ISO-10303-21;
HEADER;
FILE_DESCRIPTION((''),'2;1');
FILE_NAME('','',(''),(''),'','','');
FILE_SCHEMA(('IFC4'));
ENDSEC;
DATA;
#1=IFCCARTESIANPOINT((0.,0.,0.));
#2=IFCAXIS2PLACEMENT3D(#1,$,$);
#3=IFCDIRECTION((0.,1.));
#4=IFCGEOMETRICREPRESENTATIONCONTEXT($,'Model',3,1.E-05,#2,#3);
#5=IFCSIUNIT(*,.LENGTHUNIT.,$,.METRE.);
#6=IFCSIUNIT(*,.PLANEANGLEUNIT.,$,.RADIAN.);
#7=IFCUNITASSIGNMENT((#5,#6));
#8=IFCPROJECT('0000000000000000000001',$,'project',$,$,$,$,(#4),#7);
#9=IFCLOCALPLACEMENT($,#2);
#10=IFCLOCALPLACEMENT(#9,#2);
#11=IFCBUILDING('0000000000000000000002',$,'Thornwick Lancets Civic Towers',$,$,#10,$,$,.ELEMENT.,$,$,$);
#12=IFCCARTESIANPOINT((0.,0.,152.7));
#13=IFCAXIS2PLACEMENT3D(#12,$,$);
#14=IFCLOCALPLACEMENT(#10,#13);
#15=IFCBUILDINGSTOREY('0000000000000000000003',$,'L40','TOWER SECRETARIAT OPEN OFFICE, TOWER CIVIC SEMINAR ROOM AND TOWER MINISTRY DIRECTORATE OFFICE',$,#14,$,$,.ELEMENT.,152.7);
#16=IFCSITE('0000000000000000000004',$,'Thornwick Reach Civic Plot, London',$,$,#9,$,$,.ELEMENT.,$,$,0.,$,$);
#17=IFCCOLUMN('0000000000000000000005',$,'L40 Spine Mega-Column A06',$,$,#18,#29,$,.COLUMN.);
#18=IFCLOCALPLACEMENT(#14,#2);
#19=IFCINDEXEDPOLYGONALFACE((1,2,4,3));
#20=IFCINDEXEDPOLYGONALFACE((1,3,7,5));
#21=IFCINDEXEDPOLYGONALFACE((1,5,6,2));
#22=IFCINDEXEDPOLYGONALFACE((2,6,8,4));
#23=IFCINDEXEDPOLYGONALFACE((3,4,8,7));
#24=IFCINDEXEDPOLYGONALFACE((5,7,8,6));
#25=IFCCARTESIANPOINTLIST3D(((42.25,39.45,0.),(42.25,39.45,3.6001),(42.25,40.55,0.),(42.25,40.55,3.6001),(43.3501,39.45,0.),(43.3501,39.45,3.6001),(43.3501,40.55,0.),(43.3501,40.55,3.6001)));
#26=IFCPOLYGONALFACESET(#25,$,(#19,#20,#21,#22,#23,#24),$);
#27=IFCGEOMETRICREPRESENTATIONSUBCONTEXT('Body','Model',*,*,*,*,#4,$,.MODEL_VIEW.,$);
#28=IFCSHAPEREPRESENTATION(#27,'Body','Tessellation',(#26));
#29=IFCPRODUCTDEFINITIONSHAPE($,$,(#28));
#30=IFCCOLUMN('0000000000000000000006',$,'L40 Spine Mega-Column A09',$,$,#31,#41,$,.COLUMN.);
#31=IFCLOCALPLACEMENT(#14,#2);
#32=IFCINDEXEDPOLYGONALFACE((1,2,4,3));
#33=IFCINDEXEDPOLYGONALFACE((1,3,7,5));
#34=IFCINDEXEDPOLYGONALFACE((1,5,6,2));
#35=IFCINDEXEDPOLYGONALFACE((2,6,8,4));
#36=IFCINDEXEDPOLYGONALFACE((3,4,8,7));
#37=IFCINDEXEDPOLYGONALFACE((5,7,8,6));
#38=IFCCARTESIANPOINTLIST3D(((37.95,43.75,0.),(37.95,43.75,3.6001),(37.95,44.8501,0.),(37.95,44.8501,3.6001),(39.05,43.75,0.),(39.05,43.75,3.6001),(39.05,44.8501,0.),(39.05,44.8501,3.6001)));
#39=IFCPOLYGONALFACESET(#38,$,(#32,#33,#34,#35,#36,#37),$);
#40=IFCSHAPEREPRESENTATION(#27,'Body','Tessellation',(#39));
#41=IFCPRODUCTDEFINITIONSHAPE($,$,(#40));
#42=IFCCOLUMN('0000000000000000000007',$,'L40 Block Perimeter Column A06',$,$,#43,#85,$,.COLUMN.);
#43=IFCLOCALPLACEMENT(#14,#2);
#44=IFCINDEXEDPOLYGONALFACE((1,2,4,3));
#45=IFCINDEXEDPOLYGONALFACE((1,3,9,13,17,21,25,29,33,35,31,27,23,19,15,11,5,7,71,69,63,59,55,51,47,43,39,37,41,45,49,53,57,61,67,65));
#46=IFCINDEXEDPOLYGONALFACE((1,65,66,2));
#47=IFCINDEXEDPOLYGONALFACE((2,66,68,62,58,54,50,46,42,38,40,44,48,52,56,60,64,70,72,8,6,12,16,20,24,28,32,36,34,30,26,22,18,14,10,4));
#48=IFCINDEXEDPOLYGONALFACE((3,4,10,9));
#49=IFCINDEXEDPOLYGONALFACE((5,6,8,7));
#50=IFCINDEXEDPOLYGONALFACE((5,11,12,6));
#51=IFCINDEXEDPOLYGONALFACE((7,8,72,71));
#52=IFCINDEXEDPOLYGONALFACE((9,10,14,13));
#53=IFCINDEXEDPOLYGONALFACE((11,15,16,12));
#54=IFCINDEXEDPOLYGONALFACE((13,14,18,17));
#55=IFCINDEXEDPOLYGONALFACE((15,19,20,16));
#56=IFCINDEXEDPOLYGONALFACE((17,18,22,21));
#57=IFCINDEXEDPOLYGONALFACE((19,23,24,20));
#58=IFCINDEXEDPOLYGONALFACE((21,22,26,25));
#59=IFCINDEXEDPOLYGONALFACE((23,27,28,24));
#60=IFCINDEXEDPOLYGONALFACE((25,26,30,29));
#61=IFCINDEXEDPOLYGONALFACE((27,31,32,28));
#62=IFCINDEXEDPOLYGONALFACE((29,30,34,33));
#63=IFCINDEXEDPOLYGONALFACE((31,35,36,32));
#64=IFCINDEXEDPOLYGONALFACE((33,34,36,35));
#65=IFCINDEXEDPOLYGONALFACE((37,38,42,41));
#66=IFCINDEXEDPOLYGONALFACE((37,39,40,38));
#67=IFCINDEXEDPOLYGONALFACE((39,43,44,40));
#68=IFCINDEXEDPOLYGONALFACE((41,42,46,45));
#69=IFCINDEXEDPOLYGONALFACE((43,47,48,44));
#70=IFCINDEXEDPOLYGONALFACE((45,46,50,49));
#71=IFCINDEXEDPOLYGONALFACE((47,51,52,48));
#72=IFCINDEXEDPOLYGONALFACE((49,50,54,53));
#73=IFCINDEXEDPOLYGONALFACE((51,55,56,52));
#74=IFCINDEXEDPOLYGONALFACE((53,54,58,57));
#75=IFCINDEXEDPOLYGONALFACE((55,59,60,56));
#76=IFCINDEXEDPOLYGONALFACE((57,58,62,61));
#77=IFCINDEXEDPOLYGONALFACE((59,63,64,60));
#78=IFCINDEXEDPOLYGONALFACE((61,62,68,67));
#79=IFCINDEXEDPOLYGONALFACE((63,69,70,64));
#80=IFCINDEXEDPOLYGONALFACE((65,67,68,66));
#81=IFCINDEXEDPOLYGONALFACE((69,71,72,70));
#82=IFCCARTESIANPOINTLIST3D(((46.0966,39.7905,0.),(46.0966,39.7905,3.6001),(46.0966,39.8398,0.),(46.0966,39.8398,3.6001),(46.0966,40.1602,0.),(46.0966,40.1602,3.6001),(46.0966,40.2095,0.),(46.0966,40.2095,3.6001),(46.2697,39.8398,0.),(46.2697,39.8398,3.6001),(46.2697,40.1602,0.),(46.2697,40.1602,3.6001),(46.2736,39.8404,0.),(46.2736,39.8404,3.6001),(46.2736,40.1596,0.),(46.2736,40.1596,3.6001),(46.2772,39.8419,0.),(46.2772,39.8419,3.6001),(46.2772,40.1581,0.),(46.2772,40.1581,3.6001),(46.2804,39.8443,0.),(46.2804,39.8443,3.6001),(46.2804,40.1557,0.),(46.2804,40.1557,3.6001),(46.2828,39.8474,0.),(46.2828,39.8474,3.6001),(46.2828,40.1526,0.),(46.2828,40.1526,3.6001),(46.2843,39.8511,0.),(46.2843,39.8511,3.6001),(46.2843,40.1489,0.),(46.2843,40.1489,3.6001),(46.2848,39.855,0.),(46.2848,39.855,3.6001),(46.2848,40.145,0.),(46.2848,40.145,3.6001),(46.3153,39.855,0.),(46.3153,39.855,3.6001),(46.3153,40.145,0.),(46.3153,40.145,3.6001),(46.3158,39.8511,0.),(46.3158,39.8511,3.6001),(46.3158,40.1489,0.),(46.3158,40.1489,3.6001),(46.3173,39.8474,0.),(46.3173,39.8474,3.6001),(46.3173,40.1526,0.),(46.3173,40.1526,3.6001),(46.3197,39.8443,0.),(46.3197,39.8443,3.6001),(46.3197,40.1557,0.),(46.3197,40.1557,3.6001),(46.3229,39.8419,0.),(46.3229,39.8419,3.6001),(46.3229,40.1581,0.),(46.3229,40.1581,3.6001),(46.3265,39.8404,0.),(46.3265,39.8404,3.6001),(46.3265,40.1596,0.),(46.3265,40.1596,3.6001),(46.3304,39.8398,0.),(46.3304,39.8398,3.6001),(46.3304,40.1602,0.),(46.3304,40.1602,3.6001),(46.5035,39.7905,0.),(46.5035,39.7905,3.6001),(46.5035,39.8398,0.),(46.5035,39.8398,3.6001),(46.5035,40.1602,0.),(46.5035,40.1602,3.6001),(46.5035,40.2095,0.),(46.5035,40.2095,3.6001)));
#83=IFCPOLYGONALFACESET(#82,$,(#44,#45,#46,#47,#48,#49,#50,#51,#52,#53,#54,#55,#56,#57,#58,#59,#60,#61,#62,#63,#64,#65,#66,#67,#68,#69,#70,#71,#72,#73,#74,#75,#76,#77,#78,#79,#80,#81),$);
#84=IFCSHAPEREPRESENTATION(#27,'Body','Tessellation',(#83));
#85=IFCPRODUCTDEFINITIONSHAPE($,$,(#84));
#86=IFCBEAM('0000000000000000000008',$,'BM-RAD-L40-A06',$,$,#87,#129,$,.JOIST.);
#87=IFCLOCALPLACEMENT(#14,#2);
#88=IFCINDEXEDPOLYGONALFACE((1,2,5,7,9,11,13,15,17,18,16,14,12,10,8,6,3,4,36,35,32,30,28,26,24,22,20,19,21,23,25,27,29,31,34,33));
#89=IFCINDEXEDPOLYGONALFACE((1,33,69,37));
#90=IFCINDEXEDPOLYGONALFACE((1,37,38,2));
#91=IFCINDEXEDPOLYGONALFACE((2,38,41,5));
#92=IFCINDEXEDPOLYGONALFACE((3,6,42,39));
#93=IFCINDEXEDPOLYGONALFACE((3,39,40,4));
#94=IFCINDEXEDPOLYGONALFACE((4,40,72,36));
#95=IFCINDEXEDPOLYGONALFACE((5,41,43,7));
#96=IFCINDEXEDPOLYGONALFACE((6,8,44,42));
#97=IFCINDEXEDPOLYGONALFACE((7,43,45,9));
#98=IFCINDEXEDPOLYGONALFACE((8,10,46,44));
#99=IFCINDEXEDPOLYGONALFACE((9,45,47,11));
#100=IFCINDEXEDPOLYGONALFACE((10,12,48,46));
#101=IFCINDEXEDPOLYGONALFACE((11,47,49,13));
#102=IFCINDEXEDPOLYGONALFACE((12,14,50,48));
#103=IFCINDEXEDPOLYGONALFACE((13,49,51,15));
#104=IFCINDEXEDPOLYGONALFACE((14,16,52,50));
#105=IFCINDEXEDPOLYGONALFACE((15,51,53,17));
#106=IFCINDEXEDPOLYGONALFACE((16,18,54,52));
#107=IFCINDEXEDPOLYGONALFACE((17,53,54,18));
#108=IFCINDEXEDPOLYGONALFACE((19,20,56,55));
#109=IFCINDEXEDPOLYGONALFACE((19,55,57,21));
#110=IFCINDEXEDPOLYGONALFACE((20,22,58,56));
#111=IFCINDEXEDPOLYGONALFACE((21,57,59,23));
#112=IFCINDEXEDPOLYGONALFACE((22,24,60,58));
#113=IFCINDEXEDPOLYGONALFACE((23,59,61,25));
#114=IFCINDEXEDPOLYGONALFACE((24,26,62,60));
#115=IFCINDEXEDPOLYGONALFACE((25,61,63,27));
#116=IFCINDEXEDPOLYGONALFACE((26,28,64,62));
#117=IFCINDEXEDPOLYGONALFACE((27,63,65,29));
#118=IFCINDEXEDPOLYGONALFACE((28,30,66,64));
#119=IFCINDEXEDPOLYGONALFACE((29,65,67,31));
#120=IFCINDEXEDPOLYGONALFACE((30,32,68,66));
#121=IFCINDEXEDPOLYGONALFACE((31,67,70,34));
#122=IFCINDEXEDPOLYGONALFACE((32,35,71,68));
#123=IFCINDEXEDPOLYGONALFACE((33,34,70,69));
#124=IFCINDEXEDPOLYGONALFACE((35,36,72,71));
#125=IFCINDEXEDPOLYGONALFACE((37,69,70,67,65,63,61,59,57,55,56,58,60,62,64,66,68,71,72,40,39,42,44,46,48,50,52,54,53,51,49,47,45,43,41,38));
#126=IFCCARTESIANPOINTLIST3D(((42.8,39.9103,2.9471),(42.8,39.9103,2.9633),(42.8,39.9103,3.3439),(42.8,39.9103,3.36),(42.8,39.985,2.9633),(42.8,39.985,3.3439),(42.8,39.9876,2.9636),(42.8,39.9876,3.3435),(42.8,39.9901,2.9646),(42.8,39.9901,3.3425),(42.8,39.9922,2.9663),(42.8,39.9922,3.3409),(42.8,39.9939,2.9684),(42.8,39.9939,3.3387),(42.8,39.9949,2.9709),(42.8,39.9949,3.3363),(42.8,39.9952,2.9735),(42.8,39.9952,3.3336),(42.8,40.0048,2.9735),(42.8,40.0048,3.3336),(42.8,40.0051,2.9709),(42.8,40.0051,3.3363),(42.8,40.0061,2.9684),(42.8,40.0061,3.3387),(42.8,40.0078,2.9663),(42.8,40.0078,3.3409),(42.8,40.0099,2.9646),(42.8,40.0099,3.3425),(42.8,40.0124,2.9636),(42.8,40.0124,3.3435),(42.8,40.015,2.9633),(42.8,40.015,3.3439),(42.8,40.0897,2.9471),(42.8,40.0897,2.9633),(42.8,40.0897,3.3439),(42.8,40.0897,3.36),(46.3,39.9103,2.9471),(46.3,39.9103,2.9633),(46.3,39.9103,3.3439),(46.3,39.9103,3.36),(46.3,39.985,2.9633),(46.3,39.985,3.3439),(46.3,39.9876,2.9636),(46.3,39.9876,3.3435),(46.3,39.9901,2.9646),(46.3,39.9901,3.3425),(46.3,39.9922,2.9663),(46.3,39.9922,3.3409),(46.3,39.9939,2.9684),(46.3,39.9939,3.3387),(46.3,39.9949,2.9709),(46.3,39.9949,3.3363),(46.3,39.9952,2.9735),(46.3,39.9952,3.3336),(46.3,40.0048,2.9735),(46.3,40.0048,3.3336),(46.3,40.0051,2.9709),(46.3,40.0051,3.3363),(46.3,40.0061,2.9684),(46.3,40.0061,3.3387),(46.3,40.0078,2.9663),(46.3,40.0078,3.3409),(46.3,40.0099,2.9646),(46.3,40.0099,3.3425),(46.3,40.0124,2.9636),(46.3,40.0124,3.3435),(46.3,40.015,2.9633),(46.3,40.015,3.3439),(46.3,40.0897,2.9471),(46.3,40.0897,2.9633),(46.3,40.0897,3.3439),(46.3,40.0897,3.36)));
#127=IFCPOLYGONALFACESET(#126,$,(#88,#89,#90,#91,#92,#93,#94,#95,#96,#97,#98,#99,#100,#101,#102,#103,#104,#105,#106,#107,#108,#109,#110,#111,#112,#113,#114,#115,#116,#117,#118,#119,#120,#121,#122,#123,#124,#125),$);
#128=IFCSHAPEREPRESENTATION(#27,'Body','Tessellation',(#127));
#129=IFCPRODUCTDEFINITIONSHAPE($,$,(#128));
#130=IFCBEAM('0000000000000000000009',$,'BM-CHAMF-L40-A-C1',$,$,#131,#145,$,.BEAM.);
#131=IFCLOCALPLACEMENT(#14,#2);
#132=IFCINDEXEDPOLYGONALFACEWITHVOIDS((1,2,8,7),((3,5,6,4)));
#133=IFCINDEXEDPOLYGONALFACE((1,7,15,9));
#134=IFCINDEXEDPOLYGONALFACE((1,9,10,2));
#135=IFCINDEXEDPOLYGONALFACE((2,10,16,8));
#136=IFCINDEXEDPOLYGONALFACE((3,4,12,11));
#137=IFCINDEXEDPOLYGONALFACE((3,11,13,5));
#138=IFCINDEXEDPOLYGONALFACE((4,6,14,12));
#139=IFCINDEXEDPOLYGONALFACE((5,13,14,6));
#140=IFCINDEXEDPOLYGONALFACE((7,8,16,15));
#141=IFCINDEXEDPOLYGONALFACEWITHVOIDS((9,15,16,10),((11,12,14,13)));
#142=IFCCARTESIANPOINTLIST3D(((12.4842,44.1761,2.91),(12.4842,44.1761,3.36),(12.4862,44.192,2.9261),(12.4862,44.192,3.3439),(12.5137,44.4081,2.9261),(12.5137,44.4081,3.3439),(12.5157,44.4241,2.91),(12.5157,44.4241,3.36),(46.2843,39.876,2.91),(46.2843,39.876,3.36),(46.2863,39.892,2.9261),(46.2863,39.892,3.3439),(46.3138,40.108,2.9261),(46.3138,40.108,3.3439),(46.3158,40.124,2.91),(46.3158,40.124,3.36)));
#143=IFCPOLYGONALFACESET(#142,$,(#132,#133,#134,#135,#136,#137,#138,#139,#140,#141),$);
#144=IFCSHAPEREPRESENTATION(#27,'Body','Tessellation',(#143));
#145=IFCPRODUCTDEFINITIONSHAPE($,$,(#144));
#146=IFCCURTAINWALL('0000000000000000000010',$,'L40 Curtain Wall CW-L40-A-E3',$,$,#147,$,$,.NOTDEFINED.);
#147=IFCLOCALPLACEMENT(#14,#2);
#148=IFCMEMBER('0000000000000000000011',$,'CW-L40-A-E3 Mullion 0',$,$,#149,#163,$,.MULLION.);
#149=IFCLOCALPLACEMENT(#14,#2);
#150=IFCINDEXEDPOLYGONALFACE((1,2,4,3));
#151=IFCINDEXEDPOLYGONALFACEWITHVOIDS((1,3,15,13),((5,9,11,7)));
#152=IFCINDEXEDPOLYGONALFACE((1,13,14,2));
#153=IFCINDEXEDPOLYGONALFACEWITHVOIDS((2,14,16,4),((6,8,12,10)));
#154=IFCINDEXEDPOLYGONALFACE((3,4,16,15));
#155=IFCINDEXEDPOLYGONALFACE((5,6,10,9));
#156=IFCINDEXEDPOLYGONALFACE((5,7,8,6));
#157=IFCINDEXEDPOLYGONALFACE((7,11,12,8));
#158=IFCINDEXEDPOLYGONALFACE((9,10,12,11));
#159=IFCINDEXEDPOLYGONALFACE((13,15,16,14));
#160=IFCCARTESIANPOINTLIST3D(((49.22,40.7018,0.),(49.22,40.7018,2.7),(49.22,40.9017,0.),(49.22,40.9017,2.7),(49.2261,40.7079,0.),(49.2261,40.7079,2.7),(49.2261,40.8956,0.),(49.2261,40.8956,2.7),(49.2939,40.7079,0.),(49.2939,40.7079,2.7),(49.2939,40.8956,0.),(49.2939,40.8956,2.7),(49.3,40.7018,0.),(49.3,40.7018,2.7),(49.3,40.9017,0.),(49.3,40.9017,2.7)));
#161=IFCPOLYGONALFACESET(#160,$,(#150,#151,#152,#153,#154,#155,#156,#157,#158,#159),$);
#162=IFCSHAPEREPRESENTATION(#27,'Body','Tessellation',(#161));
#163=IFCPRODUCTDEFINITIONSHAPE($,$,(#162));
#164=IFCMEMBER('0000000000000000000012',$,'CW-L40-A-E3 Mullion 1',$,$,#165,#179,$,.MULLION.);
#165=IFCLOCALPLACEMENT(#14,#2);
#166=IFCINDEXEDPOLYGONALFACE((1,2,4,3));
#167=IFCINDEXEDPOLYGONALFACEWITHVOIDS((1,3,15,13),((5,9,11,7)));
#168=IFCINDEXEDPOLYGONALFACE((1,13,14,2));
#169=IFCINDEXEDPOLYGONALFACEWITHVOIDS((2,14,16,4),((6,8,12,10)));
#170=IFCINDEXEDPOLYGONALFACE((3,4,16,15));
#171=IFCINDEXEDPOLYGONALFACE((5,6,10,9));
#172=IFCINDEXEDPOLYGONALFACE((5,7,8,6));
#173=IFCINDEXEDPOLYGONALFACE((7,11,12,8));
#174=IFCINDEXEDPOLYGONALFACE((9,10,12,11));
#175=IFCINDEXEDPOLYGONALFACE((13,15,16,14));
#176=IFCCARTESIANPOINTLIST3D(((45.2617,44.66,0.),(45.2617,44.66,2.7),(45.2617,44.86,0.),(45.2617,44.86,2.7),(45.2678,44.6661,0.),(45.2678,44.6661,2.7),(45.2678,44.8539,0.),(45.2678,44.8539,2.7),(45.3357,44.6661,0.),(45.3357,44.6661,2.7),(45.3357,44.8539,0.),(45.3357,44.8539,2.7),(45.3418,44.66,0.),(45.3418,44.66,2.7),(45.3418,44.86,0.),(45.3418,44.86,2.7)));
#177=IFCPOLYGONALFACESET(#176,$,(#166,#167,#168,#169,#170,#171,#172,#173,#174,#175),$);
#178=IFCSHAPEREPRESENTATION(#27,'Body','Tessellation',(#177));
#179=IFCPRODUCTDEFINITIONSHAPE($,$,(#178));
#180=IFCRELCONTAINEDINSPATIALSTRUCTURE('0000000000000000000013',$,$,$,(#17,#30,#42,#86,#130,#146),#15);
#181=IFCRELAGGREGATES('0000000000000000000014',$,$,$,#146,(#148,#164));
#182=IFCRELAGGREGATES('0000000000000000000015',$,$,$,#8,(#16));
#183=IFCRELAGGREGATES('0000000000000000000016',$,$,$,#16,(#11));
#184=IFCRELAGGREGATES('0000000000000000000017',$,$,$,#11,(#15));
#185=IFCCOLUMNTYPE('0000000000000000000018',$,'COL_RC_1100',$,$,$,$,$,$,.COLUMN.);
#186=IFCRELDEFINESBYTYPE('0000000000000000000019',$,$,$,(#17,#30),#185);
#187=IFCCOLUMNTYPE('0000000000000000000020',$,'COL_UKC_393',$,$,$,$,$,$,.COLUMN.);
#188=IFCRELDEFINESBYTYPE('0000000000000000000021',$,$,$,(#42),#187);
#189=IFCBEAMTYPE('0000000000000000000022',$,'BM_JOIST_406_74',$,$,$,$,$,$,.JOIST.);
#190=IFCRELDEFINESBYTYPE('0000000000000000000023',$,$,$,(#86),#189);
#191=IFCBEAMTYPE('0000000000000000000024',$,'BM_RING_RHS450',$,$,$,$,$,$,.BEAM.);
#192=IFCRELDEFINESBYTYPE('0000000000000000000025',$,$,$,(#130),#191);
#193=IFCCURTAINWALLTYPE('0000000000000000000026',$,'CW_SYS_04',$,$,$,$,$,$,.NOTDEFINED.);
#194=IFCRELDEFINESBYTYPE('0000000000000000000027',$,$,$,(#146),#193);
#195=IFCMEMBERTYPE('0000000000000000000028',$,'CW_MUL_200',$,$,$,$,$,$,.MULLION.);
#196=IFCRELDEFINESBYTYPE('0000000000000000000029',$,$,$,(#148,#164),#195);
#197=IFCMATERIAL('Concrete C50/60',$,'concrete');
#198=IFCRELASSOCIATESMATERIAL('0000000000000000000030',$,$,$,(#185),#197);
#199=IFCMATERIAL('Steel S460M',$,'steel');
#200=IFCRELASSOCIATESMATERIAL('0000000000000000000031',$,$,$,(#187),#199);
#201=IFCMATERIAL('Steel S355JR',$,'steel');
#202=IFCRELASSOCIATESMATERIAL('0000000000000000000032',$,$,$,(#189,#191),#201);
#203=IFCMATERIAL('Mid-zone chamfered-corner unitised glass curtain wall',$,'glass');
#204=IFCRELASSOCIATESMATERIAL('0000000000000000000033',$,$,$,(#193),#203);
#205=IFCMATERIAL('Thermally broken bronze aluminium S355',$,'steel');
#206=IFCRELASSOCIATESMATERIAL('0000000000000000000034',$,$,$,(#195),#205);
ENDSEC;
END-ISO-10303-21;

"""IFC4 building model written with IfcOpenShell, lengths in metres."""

from ifc_helpers import new_model, si_unit, direction, frame, origin, origin_2d, place, context, subcontext, project, spatial, rectangle, hollow_rectangle, i_section, extrude, material, material_profile, profile_set, type_object, element, aggregate, save


model = new_model("IFC4")

# Units and contexts
model_context = context("Model", 3, precision=1e-05, world=origin(), true_north=direction((0.0, 1.0)))
body_context = subcontext(model_context, "Body", "Model", "MODEL_VIEW")
ifc_project = project(units=[si_unit("LENGTHUNIT", "METRE"), si_unit("PLANEANGLEUNIT", "RADIAN")], contexts=[model_context])

# Site, building, storey
site_placement = place(None, origin())
site = spatial("IfcSite", under=ifc_project, at=site_placement, Name="Thornwick Reach Civic Plot, London", CompositionType="ELEMENT", RefElevation=0.0)
building_placement = place(site_placement, origin())
building = spatial("IfcBuilding", under=site, at=building_placement, Name="Thornwick Lancets Civic Towers", CompositionType="ELEMENT")
storey_placement = place(building_placement, frame((0.0, 0.0, 152.7)))
storey = spatial("IfcBuildingStorey", under=building, at=storey_placement, Name="L40", Description="TOWER SECRETARIAT OPEN OFFICE, TOWER CIVIC SEMINAR ROOM AND TOWER MINISTRY DIRECTORATE OFFICE", CompositionType="ELEMENT", Elevation=152.7)

# Columns
ifc_material_1 = material(Name="Concrete C50/60", Category="concrete")
ifc_material_profile_1 = material_profile(ifc_material_1, rectangle(XDim=1.1001, YDim=1.1001, at=origin_2d()), Name="RC 1100x1100")
ifc_profile_set_1 = profile_set([ifc_material_profile_1], Name="Concrete C50/60")
column_type_1 = type_object("IfcColumnType", Name="COL_RC_1100", PredefinedType="COLUMN", material=ifc_profile_set_1)
for number, where, z_axis, x_axis, name in (
    (1, (42.8, 40.0, 0.0), (0.0, 0.0, 1.0), (1.0, 0.0, 0.0), "L40 Spine Mega-Column A06"),
    (2, (38.5, 44.3, 0.0), (0.0, 0.0, 1.0), (1.0, 0.0, 0.0), "L40 Spine Mega-Column A09"),
):
    element("IfcColumn", number, at=place(storey_placement, frame(where, z_axis=z_axis, x_axis=x_axis)), inside=storey, type_object=column_type_1, Name=name, PredefinedType="COLUMN", context=body_context, shape_type="SweptSolid", body=[
        extrude(rectangle(XDim=1.1001, YDim=1.1001, at=origin_2d()), origin(), (0.0, 0.0, 1.0), 3.6001),
    ])
ifc_material_2 = material(Name="Steel S460M", Category="steel")
ifc_material_profile_2 = material_profile(ifc_material_2, i_section(OverallWidth=0.407, OverallDepth=0.4189, WebThickness=0.0305, FlangeThickness=0.0493, FilletRadius=0.0151, at=origin_2d()), Name="UKC 356x406x393")
ifc_profile_set_2 = profile_set([ifc_material_profile_2], Name="Steel S460M")
column_type_2 = type_object("IfcColumnType", Name="COL_UKC_393", PredefinedType="COLUMN", material=ifc_profile_set_2)
column_placement = place(storey_placement, frame((46.3, 40.0, 0.0), z_axis=(0.0, 0.0, 1.0), x_axis=(1.0, 0.0, 0.0)))
element("IfcColumn", 3, at=column_placement, inside=storey, type_object=column_type_2, Name="L40 Block Perimeter Column A06", PredefinedType="COLUMN", context=body_context, shape_type="SweptSolid", body=[
    extrude(i_section(OverallWidth=0.407, OverallDepth=0.4189, WebThickness=0.0305, FlangeThickness=0.0493, FilletRadius=0.0151, at=origin_2d()), origin(), (0.0, 0.0, 1.0), 3.6001),
])

# Beams
ifc_material_3 = material(Name="Steel S355JR", Category="steel")
ifc_material_profile_3 = material_profile(ifc_material_3, i_section(OverallWidth=0.1794, OverallDepth=0.4128, WebThickness=0.0095, FlangeThickness=0.0161, FilletRadius=0.0103, at=origin_2d()), Name="UKB 406x178x74")
ifc_profile_set_3 = profile_set([ifc_material_profile_3], Name="Steel S355JR")
beam_type_1 = type_object("IfcBeamType", Name="BM_JOIST_406_74", PredefinedType="JOIST", material=ifc_profile_set_3)
beam_1_placement = place(storey_placement, frame((42.8, 40.0, 3.1536), z_axis=(1.0, 0.0, 0.0), x_axis=(0.0, 1.0, 0.0)))
element("IfcBeam", 4, at=beam_1_placement, inside=storey, type_object=beam_type_1, Name="BM-RAD-L40-A06", PredefinedType="JOIST", context=body_context, shape_type="SweptSolid", body=[
    extrude(i_section(OverallWidth=0.1794, OverallDepth=0.4128, WebThickness=0.0095, FlangeThickness=0.0161, FilletRadius=0.0103, at=origin_2d()), origin(), (0.0, 0.0, 1.0), 3.5),
])
ifc_material_profile_4 = material_profile(ifc_material_3, hollow_rectangle(XDim=0.25, YDim=0.45, WallThickness=0.0161, at=origin_2d()), Name="RHS 450x250x16")
ifc_profile_set_4 = profile_set([ifc_material_profile_4], Name="Steel S355JR")
beam_type_2 = type_object("IfcBeamType", Name="BM_RING_RHS450", PredefinedType="BEAM", material=ifc_profile_set_4)
beam_2_placement = place(storey_placement, frame((46.3, 40.0, 3.135), z_axis=(-0.992004, 0.126203, 0.0), x_axis=(-0.126203, -0.992004, 0.0)))
element("IfcBeam", 5, at=beam_2_placement, inside=storey, type_object=beam_type_2, Name="BM-CHAMF-L40-A-C1", PredefinedType="BEAM", context=body_context, shape_type="SweptSolid", body=[
    extrude(hollow_rectangle(XDim=0.25, YDim=0.45, WallThickness=0.0161, at=origin_2d()), origin(), (0.0, 0.0, 1.0), 34.0725),
])

# Curtain wall, members
ifc_material_4 = material(Name="Mid-zone chamfered-corner unitised glass curtain wall", Category="glass")
curtain_wall_type = type_object("IfcCurtainWallType", Name="CW_SYS_04", PredefinedType="NOTDEFINED", material=ifc_material_4)
curtain_wall_placement = place(storey_placement, origin())
curtain_wall = element("IfcCurtainWall", 6, at=curtain_wall_placement, inside=storey, type_object=curtain_wall_type, Name="L40 Curtain Wall CW-L40-A-E3", PredefinedType="NOTDEFINED")
ifc_material_5 = material(Name="Thermally broken bronze aluminium S355", Category="steel")
ifc_material_profile_5 = material_profile(ifc_material_5, hollow_rectangle(XDim=0.0801, YDim=0.2, WallThickness=0.0061, at=origin_2d()), Name="RHS 200x80x6")
ifc_profile_set_5 = profile_set([ifc_material_profile_5], Name="Thermally broken bronze aluminium S355")
member_type_1 = type_object("IfcMemberType", Name="CW_MUL_200", PredefinedType="MULLION", material=ifc_profile_set_5)
member_1_placement = place(storey_placement, frame((49.26, 40.8018, 0.0), z_axis=(0.0, 0.0, 1.0), x_axis=(1.0, 0.0, 0.0)))
member_1 = element("IfcMember", 7, at=member_1_placement, type_object=member_type_1, Name="CW-L40-A-E3 Mullion 0", PredefinedType="MULLION", context=body_context, shape_type="SweptSolid", body=[
    extrude(hollow_rectangle(XDim=0.0801, YDim=0.2, WallThickness=0.0061, at=origin_2d()), origin(), (0.0, 0.0, 1.0), 2.7),
])
member_2_placement = place(storey_placement, frame((45.3018, 44.76, 0.0), z_axis=(0.0, 0.0, 1.0), x_axis=(1.0, 0.0, 0.0)))
member_2 = element("IfcMember", 8, at=member_2_placement, type_object=member_type_1, Name="CW-L40-A-E3 Mullion 1", PredefinedType="MULLION", context=body_context, shape_type="SweptSolid", body=[
    extrude(hollow_rectangle(XDim=0.0801, YDim=0.2, WallThickness=0.0061, at=origin_2d()), origin(), (0.0, 0.0, 1.0), 2.7),
])
aggregate(curtain_wall, [member_1, member_2])

save(model, "model.ifc")
